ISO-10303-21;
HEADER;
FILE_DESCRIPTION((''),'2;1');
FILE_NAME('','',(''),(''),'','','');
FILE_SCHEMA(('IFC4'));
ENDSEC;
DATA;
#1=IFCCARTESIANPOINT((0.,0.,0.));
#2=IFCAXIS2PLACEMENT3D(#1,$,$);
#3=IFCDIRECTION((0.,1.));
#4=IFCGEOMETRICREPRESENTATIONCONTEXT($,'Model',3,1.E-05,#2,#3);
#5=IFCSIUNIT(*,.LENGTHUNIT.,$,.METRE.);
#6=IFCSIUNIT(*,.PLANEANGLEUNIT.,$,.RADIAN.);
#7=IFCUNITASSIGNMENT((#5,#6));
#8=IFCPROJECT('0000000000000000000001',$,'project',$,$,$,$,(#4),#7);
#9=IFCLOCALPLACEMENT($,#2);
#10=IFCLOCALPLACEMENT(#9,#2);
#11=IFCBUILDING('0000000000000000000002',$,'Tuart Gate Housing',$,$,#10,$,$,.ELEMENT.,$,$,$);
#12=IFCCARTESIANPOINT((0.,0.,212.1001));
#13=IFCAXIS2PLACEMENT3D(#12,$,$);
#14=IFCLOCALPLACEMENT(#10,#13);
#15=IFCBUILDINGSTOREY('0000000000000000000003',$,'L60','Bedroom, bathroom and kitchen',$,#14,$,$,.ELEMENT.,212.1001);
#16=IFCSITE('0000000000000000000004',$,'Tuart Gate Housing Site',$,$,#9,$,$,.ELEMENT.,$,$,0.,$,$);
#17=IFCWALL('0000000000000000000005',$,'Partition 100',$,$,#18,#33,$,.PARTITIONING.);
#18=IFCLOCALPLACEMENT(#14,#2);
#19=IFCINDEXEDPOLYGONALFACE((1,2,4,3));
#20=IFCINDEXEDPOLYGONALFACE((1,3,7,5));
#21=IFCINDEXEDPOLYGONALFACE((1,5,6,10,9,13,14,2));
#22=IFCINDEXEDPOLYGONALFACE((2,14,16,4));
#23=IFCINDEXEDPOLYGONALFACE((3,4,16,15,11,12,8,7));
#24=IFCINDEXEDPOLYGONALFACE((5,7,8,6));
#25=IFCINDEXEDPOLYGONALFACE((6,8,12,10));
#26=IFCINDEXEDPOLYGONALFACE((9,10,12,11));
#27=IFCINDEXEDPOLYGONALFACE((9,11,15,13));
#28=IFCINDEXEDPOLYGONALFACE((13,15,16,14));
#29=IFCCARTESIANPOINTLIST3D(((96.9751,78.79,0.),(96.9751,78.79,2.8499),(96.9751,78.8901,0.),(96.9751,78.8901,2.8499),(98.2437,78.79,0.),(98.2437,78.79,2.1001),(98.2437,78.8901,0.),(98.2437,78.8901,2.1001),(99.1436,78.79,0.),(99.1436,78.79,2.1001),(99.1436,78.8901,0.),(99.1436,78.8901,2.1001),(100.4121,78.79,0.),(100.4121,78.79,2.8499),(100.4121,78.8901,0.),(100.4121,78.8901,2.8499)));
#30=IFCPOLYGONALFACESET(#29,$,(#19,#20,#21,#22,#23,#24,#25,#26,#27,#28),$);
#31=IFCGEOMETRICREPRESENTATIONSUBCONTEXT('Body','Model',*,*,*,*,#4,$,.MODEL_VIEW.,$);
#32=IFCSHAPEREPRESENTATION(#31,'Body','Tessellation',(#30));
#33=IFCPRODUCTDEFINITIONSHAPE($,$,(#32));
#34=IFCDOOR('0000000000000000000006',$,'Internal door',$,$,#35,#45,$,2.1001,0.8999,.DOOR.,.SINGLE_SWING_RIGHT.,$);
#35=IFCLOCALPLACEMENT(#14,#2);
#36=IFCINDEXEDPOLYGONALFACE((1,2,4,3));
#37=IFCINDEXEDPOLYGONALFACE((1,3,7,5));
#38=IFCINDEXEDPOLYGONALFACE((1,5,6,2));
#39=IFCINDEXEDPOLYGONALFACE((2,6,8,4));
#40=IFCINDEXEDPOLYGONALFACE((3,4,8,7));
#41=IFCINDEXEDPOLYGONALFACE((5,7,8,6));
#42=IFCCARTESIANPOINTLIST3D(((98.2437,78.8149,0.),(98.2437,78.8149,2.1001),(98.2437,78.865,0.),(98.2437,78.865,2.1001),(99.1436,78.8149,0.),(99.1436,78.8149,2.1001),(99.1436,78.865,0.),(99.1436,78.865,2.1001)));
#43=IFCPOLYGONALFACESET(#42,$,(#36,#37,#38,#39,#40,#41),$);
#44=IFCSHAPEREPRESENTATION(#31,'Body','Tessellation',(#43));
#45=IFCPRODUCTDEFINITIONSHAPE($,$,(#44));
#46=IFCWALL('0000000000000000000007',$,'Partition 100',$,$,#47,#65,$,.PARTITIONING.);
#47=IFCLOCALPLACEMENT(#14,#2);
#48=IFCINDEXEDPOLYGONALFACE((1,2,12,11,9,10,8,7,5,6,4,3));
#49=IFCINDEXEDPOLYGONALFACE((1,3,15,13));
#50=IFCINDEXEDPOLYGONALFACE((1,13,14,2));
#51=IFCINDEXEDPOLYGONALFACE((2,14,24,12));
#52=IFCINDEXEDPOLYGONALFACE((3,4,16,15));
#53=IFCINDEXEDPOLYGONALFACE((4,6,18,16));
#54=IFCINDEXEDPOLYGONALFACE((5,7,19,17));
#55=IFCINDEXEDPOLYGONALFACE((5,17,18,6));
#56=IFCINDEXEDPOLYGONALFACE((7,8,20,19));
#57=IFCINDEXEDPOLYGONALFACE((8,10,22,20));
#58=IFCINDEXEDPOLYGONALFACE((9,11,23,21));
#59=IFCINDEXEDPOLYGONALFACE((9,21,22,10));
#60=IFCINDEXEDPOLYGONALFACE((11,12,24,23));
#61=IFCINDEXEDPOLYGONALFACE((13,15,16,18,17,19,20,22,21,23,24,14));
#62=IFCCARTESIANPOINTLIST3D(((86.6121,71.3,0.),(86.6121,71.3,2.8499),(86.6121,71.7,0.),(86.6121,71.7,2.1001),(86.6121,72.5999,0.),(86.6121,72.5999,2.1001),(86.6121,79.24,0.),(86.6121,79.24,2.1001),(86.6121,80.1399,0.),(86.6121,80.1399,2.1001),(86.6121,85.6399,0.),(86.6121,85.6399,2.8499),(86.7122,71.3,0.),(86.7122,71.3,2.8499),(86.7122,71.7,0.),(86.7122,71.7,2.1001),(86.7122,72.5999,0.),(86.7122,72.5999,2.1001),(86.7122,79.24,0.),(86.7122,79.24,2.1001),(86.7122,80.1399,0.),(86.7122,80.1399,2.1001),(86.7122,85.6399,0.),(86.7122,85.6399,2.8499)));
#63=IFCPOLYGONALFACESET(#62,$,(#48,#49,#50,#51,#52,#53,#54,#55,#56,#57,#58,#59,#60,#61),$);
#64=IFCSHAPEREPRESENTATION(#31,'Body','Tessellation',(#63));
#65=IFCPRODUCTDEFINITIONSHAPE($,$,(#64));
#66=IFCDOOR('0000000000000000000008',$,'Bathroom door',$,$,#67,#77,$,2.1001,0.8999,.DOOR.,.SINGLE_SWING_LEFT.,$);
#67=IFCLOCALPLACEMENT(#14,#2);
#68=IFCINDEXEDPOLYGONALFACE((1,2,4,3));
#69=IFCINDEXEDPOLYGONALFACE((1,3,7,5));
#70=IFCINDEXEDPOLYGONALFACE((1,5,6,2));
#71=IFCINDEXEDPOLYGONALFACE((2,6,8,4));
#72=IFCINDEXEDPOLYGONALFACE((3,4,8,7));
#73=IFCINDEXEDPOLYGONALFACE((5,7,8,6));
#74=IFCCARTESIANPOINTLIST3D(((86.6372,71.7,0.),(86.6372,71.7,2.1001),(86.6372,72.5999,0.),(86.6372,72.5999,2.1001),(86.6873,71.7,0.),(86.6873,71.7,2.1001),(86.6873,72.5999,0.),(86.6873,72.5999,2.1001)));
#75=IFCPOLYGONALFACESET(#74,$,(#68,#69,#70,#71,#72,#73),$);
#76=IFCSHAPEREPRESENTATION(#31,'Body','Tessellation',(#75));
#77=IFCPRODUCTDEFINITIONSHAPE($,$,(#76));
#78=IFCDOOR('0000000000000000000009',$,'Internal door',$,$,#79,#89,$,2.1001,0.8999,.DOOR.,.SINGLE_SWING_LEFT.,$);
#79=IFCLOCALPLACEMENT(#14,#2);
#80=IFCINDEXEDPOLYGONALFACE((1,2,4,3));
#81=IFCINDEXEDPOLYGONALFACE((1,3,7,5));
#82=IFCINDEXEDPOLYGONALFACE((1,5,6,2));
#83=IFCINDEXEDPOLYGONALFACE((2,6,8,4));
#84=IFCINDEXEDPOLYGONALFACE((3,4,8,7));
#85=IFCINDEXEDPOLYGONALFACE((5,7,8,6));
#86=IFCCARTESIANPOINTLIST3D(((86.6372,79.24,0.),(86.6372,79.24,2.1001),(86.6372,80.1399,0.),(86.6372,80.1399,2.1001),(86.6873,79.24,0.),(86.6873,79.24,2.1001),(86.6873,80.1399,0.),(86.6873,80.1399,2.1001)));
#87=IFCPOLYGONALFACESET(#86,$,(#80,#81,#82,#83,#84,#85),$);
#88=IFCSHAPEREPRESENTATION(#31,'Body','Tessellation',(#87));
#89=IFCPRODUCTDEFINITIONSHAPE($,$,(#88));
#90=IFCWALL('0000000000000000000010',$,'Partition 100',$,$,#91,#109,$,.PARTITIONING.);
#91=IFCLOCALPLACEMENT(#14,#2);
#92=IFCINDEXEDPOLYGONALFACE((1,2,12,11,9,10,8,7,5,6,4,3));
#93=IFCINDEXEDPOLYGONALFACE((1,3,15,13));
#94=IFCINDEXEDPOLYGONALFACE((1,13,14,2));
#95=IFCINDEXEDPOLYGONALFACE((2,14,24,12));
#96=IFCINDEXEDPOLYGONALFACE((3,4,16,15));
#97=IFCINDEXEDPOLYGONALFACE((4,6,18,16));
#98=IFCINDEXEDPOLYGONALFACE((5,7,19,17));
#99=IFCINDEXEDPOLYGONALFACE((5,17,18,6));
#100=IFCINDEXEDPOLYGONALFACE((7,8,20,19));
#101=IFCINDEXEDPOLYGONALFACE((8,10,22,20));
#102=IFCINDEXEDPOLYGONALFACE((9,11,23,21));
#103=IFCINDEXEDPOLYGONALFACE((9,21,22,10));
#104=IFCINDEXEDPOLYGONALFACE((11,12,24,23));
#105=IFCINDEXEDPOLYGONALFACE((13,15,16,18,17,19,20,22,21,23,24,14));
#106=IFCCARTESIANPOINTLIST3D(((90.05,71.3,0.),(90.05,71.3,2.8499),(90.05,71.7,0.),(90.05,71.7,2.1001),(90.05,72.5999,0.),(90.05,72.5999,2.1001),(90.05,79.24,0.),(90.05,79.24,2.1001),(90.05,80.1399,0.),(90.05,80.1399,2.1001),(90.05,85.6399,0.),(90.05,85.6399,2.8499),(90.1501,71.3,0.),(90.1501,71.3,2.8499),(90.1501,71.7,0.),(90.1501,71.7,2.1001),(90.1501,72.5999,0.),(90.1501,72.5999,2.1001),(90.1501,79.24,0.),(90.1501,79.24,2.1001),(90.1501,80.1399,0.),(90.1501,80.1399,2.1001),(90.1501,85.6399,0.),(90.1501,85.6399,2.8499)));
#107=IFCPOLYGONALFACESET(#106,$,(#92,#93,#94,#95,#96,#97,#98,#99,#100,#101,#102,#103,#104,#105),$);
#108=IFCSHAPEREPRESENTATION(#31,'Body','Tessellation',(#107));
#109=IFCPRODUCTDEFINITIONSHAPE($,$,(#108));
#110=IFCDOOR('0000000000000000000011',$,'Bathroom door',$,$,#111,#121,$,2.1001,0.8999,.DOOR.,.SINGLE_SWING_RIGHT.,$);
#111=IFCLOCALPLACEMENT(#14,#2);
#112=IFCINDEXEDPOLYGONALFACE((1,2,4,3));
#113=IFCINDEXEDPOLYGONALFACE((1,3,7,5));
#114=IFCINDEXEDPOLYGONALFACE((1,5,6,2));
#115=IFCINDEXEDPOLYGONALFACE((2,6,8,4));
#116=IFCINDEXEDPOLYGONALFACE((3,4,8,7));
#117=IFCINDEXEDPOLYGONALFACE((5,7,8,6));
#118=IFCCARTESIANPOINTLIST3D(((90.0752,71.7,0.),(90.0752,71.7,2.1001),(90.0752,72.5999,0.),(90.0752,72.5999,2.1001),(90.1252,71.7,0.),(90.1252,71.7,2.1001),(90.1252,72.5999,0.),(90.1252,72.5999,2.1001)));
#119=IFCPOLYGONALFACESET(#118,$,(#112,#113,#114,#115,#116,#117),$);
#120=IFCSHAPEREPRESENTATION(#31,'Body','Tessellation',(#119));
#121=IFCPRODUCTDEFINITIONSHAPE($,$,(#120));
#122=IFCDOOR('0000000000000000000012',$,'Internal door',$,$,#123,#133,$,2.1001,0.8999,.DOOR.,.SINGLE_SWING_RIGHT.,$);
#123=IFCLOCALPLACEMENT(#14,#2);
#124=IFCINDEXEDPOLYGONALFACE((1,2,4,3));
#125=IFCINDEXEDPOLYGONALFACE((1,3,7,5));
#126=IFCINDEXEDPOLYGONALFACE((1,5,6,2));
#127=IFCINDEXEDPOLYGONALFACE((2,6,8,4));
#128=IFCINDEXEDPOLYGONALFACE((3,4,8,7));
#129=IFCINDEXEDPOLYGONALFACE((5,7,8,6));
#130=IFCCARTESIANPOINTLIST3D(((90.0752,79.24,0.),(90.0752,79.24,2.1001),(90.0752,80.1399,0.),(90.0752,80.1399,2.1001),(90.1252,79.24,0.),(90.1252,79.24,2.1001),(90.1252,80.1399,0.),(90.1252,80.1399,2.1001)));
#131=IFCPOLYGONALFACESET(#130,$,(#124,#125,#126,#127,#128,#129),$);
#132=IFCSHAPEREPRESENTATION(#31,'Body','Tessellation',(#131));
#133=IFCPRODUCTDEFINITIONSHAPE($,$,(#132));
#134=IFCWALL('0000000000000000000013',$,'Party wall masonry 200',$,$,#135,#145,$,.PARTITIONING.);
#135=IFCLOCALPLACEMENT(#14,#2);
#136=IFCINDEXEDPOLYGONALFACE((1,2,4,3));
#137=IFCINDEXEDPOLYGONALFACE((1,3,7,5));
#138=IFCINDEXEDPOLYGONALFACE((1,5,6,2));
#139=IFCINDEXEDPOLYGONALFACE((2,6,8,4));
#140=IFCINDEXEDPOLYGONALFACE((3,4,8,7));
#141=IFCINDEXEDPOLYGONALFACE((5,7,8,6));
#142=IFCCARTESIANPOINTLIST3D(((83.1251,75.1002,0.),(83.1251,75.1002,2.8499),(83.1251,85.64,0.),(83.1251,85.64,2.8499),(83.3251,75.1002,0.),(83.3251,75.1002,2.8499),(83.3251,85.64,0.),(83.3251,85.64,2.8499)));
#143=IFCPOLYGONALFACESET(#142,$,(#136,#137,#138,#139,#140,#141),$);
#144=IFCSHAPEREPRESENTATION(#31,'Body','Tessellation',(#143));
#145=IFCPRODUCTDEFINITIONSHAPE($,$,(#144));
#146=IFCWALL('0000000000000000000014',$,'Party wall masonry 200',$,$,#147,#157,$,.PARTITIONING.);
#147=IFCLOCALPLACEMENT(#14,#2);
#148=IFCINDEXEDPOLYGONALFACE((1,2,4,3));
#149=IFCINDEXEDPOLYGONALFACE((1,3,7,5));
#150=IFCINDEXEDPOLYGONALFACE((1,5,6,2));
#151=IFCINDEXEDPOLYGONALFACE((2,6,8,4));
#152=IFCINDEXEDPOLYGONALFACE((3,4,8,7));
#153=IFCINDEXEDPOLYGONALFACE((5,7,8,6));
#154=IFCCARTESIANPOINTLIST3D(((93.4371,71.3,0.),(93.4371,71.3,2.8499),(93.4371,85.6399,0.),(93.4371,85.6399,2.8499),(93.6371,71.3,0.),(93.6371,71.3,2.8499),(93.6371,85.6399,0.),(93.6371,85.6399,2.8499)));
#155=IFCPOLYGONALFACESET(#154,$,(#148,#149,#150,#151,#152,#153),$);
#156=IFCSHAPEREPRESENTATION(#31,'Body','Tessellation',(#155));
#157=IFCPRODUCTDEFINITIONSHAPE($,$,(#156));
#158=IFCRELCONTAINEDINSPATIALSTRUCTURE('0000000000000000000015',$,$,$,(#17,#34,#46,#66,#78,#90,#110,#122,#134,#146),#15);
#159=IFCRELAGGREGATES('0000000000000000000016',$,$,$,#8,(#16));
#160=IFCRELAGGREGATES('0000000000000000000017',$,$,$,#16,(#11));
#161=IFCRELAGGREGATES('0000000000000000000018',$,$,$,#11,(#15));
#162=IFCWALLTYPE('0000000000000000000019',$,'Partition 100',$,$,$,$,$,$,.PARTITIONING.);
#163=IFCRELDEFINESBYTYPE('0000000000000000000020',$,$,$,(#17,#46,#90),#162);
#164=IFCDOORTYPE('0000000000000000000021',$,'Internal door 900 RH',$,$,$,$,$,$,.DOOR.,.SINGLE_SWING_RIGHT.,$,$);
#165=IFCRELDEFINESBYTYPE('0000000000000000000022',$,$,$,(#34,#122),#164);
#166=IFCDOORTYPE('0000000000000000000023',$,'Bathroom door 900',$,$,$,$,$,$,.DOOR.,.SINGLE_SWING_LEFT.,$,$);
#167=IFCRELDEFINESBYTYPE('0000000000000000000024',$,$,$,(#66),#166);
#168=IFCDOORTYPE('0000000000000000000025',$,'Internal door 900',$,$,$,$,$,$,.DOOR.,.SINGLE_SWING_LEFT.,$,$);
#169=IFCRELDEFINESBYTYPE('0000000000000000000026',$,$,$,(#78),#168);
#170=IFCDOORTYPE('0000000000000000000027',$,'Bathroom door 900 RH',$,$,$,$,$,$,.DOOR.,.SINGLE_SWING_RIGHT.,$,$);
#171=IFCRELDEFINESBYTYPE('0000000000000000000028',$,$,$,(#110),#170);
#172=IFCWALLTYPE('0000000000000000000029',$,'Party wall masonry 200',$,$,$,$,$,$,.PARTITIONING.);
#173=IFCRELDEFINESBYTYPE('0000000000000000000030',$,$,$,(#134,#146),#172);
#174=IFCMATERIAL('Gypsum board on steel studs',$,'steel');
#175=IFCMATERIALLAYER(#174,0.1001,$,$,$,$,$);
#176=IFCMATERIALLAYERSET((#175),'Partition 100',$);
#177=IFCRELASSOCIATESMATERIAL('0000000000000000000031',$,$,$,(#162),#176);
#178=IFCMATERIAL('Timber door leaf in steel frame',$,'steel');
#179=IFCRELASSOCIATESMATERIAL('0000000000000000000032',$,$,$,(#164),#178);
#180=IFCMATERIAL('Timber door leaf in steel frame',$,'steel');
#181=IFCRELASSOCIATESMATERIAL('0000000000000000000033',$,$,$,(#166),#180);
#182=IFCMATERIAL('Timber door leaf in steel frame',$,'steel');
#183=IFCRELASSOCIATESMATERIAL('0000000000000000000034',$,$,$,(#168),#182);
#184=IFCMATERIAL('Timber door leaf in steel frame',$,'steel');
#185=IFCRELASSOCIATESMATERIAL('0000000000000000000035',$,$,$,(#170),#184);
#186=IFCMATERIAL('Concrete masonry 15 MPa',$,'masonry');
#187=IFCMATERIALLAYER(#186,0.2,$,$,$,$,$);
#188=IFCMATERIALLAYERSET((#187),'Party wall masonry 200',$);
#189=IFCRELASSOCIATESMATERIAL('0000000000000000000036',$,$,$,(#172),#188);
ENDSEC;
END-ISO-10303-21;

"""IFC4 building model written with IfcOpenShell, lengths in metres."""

from ifc_helpers import new_model, si_unit, direction, frame, frame_2d, origin, place, context, subcontext, project, spatial, rectangle, extrude, material, layer, layer_set, type_object, element, fill, save


model = new_model("IFC4")

# Units and contexts
model_context = context("Model", 3, precision=1e-05, world=origin(), true_north=direction((0.0, 1.0)))
body_context = subcontext(model_context, "Body", "Model", "MODEL_VIEW")
ifc_project = project(units=[si_unit("LENGTHUNIT", "METRE"), si_unit("PLANEANGLEUNIT", "RADIAN")], contexts=[model_context])

# Site, building, storey
site_placement = place(None, origin())
site = spatial("IfcSite", under=ifc_project, at=site_placement, Name="Tuart Gate Housing Site", CompositionType="ELEMENT", RefElevation=0.0)
building_placement = place(site_placement, origin())
building = spatial("IfcBuilding", under=site, at=building_placement, Name="Tuart Gate Housing", CompositionType="ELEMENT")
storey_placement = place(building_placement, frame((0.0, 0.0, 212.1001)))
storey = spatial("IfcBuildingStorey", under=building, at=storey_placement, Name="L60", Description="Bedroom, bathroom and kitchen", CompositionType="ELEMENT", Elevation=212.1001)

# Shared definitions
ifc_material_1 = material(Name="Gypsum board on steel studs", Category="steel")
ifc_layer_1 = layer(ifc_material_1, 0.1001)
ifc_layer_set_1 = layer_set([ifc_layer_1], Name="Partition 100")
wall_type_1 = type_object("IfcWallType", Name="Partition 100", PredefinedType="PARTITIONING", material=ifc_layer_set_1)

# Wall, opening, door
ifc_material_2 = material(Name="Timber door leaf in steel frame", Category="steel")
door_type_1 = type_object("IfcDoorType", Name="Internal door 900 RH", OperationType="SINGLE_SWING_RIGHT", PredefinedType="DOOR", material=ifc_material_2)
wall_1_placement = place(storey_placement, frame((96.9751, 78.8401, 0.0), z_axis=(0.0, 0.0, 1.0), x_axis=(1.0, 0.0, 0.0)))
wall_1 = element("IfcWall", 1, at=wall_1_placement, inside=storey, type_object=wall_type_1, Name="Partition 100", PredefinedType="PARTITIONING", context=body_context, shape_type="SweptSolid", body=[
    extrude(rectangle(XDim=3.437, YDim=0.1001, at=frame_2d((1.7185, 0.0))), origin(), (0.0, 0.0, 1.0), 2.8499),
])
opening_1_placement = place(wall_1_placement, frame((1.2686, 0.0, 0.0)))
opening_1 = element("IfcOpeningElement", 2, at=opening_1_placement, cuts=wall_1, PredefinedType="OPENING", context=body_context, shape_type="SweptSolid", body=[
    extrude(rectangle(XDim=0.8999, YDim=2.1001, at=frame_2d((0.45, 1.05))), frame((0.0, 0.0601, 0.0), z_axis=(0.0, -1.0, 0.0), x_axis=(1.0, 0.0, 0.0)), (0.0, 0.0, 1.0), 0.1201),
])
door_1_placement = place(opening_1_placement, frame((0.8999, 0.0, 0.0), z_axis=(0.0, 0.0, 1.0), x_axis=(-1.0, 0.0, 0.0)))
door_1 = element("IfcDoor", 3, at=door_1_placement, inside=storey, type_object=door_type_1, Name="Internal door", OperationType="SINGLE_SWING_RIGHT", OverallHeight=2.1001, OverallWidth=0.8999, PredefinedType="DOOR", context=body_context, shape_type="SweptSolid", body=[
    extrude(rectangle(XDim=0.8999, YDim=2.1001, at=frame_2d((0.45, 1.05))), frame((0.0, 0.0251, 0.0), z_axis=(0.0, -1.0, 0.0), x_axis=(1.0, 0.0, 0.0)), (0.0, 0.0, 1.0), 0.05),
])
fill(opening_1, door_1)

# Walls, openings, doors
wall_2_placement = place(storey_placement, frame((86.6621, 71.3, 0.0), z_axis=(0.0, 0.0, 1.0), x_axis=(0.0, 1.0, 0.0)))
wall_2 = element("IfcWall", 4, at=wall_2_placement, inside=storey, type_object=wall_type_1, Name="Partition 100", PredefinedType="PARTITIONING", context=body_context, shape_type="SweptSolid", body=[
    extrude(rectangle(XDim=14.3398, YDim=0.1001, at=frame_2d((7.1699, 0.0))), origin(), (0.0, 0.0, 1.0), 2.8499),
])
opening_2_placement = place(wall_2_placement, frame((7.9399, 0.0, 0.0)))
opening_2 = element("IfcOpeningElement", 5, at=opening_2_placement, cuts=wall_2, PredefinedType="OPENING", context=body_context, shape_type="SweptSolid", body=[
    extrude(rectangle(XDim=0.8999, YDim=2.1001, at=frame_2d((0.45, 1.05))), frame((0.0, 0.0601, 0.0), z_axis=(0.0, -1.0, 0.0), x_axis=(1.0, 0.0, 0.0)), (0.0, 0.0, 1.0), 0.1201),
])
opening_3_placement = place(wall_2_placement, frame((0.3999, 0.0, 0.0)))
opening_3 = element("IfcOpeningElement", 6, at=opening_3_placement, cuts=wall_2, PredefinedType="OPENING", context=body_context, shape_type="SweptSolid", body=[
    extrude(rectangle(XDim=0.8999, YDim=2.1001, at=frame_2d((0.45, 1.05))), frame((0.0, 0.0601, 0.0), z_axis=(0.0, -1.0, 0.0), x_axis=(1.0, 0.0, 0.0)), (0.0, 0.0, 1.0), 0.1201),
])
ifc_material_3 = material(Name="Timber door leaf in steel frame", Category="steel")
door_type_2 = type_object("IfcDoorType", Name="Bathroom door 900", OperationType="SINGLE_SWING_LEFT", PredefinedType="DOOR", material=ifc_material_3)
door_2_placement = place(opening_3_placement, origin())
door_2 = element("IfcDoor", 7, at=door_2_placement, inside=storey, type_object=door_type_2, Name="Bathroom door", OperationType="SINGLE_SWING_LEFT", OverallHeight=2.1001, OverallWidth=0.8999, PredefinedType="DOOR", context=body_context, shape_type="SweptSolid", body=[
    extrude(rectangle(XDim=0.8999, YDim=2.1001, at=frame_2d((0.45, 1.05))), frame((0.0, 0.0249, 0.0), z_axis=(0.0, -1.0, 0.0), x_axis=(1.0, 0.0, 0.0)), (0.0, 0.0, 1.0), 0.05),
])
fill(opening_3, door_2)
ifc_material_4 = material(Name="Timber door leaf in steel frame", Category="steel")
door_type_3 = type_object("IfcDoorType", Name="Internal door 900", OperationType="SINGLE_SWING_LEFT", PredefinedType="DOOR", material=ifc_material_4)
door_3_placement = place(opening_2_placement, origin())
door_3 = element("IfcDoor", 8, at=door_3_placement, inside=storey, type_object=door_type_3, Name="Internal door", OperationType="SINGLE_SWING_LEFT", OverallHeight=2.1001, OverallWidth=0.8999, PredefinedType="DOOR", context=body_context, shape_type="SweptSolid", body=[
    extrude(rectangle(XDim=0.8999, YDim=2.1001, at=frame_2d((0.45, 1.05))), frame((0.0, 0.0249, 0.0), z_axis=(0.0, -1.0, 0.0), x_axis=(1.0, 0.0, 0.0)), (0.0, 0.0, 1.0), 0.05),
])
fill(opening_2, door_3)
wall_3_placement = place(storey_placement, frame((90.1001, 71.3, 0.0), z_axis=(0.0, 0.0, 1.0), x_axis=(0.0, 1.0, 0.0)))
wall_3 = element("IfcWall", 9, at=wall_3_placement, inside=storey, type_object=wall_type_1, Name="Partition 100", PredefinedType="PARTITIONING", context=body_context, shape_type="SweptSolid", body=[
    extrude(rectangle(XDim=14.3398, YDim=0.1001, at=frame_2d((7.1699, 0.0))), origin(), (0.0, 0.0, 1.0), 2.8499),
])
opening_4_placement = place(wall_3_placement, frame((7.9399, 0.0, 0.0)))
opening_4 = element("IfcOpeningElement", 10, at=opening_4_placement, cuts=wall_3, PredefinedType="OPENING", context=body_context, shape_type="SweptSolid", body=[
    extrude(rectangle(XDim=0.8999, YDim=2.1001, at=frame_2d((0.45, 1.05))), frame((0.0, 0.0601, 0.0), z_axis=(0.0, -1.0, 0.0), x_axis=(1.0, 0.0, 0.0)), (0.0, 0.0, 1.0), 0.1201),
])
opening_5_placement = place(wall_3_placement, frame((0.3999, 0.0, 0.0)))
opening_5 = element("IfcOpeningElement", 11, at=opening_5_placement, cuts=wall_3, PredefinedType="OPENING", context=body_context, shape_type="SweptSolid", body=[
    extrude(rectangle(XDim=0.8999, YDim=2.1001, at=frame_2d((0.45, 1.05))), frame((0.0, 0.0601, 0.0), z_axis=(0.0, -1.0, 0.0), x_axis=(1.0, 0.0, 0.0)), (0.0, 0.0, 1.0), 0.1201),
])
ifc_material_5 = material(Name="Timber door leaf in steel frame", Category="steel")
door_type_4 = type_object("IfcDoorType", Name="Bathroom door 900 RH", OperationType="SINGLE_SWING_RIGHT", PredefinedType="DOOR", material=ifc_material_5)
door_4_placement = place(opening_5_placement, frame((0.8999, 0.0, 0.0), z_axis=(0.0, 0.0, 1.0), x_axis=(-1.0, 0.0, 0.0)))
door_4 = element("IfcDoor", 12, at=door_4_placement, inside=storey, type_object=door_type_4, Name="Bathroom door", OperationType="SINGLE_SWING_RIGHT", OverallHeight=2.1001, OverallWidth=0.8999, PredefinedType="DOOR", context=body_context, shape_type="SweptSolid", body=[
    extrude(rectangle(XDim=0.8999, YDim=2.1001, at=frame_2d((0.45, 1.05))), frame((0.0, 0.0251, 0.0), z_axis=(0.0, -1.0, 0.0), x_axis=(1.0, 0.0, 0.0)), (0.0, 0.0, 1.0), 0.05),
])
fill(opening_5, door_4)
door_5_placement = place(opening_4_placement, frame((0.8999, 0.0, 0.0), z_axis=(0.0, 0.0, 1.0), x_axis=(-1.0, 0.0, 0.0)))
door_5 = element("IfcDoor", 13, at=door_5_placement, inside=storey, type_object=door_type_1, Name="Internal door", OperationType="SINGLE_SWING_RIGHT", OverallHeight=2.1001, OverallWidth=0.8999, PredefinedType="DOOR", context=body_context, shape_type="SweptSolid", body=[
    extrude(rectangle(XDim=0.8999, YDim=2.1001, at=frame_2d((0.45, 1.05))), frame((0.0, 0.0251, 0.0), z_axis=(0.0, -1.0, 0.0), x_axis=(1.0, 0.0, 0.0)), (0.0, 0.0, 1.0), 0.05),
])
fill(opening_4, door_5)

# Walls
ifc_material_6 = material(Name="Concrete masonry 15 MPa", Category="masonry")
ifc_layer_2 = layer(ifc_material_6, 0.2)
ifc_layer_set_2 = layer_set([ifc_layer_2], Name="Party wall masonry 200")
wall_type_2 = type_object("IfcWallType", Name="Party wall masonry 200", PredefinedType="PARTITIONING", material=ifc_layer_set_2)
wall_4_placement = place(storey_placement, frame((83.2251, 75.1001, 0.0), z_axis=(0.0, 0.0, 1.0), x_axis=(0.0, 1.0, 0.0)))
element("IfcWall", 14, at=wall_4_placement, inside=storey, type_object=wall_type_2, Name="Party wall masonry 200", PredefinedType="PARTITIONING", context=body_context, shape_type="SweptSolid", body=[
    extrude(rectangle(XDim=10.5398, YDim=0.2, at=frame_2d((5.27, 0.0))), origin(), (0.0, 0.0, 1.0), 2.8499),
])
wall_5_placement = place(storey_placement, frame((93.5371, 71.3, 0.0), z_axis=(0.0, 0.0, 1.0), x_axis=(0.0, 1.0, 0.0)))
element("IfcWall", 15, at=wall_5_placement, inside=storey, type_object=wall_type_2, Name="Party wall masonry 200", PredefinedType="PARTITIONING", context=body_context, shape_type="SweptSolid", body=[
    extrude(rectangle(XDim=14.3398, YDim=0.2, at=frame_2d((7.1699, 0.0))), origin(), (0.0, 0.0, 1.0), 2.8499),
])

save(model, "model.ifc")
